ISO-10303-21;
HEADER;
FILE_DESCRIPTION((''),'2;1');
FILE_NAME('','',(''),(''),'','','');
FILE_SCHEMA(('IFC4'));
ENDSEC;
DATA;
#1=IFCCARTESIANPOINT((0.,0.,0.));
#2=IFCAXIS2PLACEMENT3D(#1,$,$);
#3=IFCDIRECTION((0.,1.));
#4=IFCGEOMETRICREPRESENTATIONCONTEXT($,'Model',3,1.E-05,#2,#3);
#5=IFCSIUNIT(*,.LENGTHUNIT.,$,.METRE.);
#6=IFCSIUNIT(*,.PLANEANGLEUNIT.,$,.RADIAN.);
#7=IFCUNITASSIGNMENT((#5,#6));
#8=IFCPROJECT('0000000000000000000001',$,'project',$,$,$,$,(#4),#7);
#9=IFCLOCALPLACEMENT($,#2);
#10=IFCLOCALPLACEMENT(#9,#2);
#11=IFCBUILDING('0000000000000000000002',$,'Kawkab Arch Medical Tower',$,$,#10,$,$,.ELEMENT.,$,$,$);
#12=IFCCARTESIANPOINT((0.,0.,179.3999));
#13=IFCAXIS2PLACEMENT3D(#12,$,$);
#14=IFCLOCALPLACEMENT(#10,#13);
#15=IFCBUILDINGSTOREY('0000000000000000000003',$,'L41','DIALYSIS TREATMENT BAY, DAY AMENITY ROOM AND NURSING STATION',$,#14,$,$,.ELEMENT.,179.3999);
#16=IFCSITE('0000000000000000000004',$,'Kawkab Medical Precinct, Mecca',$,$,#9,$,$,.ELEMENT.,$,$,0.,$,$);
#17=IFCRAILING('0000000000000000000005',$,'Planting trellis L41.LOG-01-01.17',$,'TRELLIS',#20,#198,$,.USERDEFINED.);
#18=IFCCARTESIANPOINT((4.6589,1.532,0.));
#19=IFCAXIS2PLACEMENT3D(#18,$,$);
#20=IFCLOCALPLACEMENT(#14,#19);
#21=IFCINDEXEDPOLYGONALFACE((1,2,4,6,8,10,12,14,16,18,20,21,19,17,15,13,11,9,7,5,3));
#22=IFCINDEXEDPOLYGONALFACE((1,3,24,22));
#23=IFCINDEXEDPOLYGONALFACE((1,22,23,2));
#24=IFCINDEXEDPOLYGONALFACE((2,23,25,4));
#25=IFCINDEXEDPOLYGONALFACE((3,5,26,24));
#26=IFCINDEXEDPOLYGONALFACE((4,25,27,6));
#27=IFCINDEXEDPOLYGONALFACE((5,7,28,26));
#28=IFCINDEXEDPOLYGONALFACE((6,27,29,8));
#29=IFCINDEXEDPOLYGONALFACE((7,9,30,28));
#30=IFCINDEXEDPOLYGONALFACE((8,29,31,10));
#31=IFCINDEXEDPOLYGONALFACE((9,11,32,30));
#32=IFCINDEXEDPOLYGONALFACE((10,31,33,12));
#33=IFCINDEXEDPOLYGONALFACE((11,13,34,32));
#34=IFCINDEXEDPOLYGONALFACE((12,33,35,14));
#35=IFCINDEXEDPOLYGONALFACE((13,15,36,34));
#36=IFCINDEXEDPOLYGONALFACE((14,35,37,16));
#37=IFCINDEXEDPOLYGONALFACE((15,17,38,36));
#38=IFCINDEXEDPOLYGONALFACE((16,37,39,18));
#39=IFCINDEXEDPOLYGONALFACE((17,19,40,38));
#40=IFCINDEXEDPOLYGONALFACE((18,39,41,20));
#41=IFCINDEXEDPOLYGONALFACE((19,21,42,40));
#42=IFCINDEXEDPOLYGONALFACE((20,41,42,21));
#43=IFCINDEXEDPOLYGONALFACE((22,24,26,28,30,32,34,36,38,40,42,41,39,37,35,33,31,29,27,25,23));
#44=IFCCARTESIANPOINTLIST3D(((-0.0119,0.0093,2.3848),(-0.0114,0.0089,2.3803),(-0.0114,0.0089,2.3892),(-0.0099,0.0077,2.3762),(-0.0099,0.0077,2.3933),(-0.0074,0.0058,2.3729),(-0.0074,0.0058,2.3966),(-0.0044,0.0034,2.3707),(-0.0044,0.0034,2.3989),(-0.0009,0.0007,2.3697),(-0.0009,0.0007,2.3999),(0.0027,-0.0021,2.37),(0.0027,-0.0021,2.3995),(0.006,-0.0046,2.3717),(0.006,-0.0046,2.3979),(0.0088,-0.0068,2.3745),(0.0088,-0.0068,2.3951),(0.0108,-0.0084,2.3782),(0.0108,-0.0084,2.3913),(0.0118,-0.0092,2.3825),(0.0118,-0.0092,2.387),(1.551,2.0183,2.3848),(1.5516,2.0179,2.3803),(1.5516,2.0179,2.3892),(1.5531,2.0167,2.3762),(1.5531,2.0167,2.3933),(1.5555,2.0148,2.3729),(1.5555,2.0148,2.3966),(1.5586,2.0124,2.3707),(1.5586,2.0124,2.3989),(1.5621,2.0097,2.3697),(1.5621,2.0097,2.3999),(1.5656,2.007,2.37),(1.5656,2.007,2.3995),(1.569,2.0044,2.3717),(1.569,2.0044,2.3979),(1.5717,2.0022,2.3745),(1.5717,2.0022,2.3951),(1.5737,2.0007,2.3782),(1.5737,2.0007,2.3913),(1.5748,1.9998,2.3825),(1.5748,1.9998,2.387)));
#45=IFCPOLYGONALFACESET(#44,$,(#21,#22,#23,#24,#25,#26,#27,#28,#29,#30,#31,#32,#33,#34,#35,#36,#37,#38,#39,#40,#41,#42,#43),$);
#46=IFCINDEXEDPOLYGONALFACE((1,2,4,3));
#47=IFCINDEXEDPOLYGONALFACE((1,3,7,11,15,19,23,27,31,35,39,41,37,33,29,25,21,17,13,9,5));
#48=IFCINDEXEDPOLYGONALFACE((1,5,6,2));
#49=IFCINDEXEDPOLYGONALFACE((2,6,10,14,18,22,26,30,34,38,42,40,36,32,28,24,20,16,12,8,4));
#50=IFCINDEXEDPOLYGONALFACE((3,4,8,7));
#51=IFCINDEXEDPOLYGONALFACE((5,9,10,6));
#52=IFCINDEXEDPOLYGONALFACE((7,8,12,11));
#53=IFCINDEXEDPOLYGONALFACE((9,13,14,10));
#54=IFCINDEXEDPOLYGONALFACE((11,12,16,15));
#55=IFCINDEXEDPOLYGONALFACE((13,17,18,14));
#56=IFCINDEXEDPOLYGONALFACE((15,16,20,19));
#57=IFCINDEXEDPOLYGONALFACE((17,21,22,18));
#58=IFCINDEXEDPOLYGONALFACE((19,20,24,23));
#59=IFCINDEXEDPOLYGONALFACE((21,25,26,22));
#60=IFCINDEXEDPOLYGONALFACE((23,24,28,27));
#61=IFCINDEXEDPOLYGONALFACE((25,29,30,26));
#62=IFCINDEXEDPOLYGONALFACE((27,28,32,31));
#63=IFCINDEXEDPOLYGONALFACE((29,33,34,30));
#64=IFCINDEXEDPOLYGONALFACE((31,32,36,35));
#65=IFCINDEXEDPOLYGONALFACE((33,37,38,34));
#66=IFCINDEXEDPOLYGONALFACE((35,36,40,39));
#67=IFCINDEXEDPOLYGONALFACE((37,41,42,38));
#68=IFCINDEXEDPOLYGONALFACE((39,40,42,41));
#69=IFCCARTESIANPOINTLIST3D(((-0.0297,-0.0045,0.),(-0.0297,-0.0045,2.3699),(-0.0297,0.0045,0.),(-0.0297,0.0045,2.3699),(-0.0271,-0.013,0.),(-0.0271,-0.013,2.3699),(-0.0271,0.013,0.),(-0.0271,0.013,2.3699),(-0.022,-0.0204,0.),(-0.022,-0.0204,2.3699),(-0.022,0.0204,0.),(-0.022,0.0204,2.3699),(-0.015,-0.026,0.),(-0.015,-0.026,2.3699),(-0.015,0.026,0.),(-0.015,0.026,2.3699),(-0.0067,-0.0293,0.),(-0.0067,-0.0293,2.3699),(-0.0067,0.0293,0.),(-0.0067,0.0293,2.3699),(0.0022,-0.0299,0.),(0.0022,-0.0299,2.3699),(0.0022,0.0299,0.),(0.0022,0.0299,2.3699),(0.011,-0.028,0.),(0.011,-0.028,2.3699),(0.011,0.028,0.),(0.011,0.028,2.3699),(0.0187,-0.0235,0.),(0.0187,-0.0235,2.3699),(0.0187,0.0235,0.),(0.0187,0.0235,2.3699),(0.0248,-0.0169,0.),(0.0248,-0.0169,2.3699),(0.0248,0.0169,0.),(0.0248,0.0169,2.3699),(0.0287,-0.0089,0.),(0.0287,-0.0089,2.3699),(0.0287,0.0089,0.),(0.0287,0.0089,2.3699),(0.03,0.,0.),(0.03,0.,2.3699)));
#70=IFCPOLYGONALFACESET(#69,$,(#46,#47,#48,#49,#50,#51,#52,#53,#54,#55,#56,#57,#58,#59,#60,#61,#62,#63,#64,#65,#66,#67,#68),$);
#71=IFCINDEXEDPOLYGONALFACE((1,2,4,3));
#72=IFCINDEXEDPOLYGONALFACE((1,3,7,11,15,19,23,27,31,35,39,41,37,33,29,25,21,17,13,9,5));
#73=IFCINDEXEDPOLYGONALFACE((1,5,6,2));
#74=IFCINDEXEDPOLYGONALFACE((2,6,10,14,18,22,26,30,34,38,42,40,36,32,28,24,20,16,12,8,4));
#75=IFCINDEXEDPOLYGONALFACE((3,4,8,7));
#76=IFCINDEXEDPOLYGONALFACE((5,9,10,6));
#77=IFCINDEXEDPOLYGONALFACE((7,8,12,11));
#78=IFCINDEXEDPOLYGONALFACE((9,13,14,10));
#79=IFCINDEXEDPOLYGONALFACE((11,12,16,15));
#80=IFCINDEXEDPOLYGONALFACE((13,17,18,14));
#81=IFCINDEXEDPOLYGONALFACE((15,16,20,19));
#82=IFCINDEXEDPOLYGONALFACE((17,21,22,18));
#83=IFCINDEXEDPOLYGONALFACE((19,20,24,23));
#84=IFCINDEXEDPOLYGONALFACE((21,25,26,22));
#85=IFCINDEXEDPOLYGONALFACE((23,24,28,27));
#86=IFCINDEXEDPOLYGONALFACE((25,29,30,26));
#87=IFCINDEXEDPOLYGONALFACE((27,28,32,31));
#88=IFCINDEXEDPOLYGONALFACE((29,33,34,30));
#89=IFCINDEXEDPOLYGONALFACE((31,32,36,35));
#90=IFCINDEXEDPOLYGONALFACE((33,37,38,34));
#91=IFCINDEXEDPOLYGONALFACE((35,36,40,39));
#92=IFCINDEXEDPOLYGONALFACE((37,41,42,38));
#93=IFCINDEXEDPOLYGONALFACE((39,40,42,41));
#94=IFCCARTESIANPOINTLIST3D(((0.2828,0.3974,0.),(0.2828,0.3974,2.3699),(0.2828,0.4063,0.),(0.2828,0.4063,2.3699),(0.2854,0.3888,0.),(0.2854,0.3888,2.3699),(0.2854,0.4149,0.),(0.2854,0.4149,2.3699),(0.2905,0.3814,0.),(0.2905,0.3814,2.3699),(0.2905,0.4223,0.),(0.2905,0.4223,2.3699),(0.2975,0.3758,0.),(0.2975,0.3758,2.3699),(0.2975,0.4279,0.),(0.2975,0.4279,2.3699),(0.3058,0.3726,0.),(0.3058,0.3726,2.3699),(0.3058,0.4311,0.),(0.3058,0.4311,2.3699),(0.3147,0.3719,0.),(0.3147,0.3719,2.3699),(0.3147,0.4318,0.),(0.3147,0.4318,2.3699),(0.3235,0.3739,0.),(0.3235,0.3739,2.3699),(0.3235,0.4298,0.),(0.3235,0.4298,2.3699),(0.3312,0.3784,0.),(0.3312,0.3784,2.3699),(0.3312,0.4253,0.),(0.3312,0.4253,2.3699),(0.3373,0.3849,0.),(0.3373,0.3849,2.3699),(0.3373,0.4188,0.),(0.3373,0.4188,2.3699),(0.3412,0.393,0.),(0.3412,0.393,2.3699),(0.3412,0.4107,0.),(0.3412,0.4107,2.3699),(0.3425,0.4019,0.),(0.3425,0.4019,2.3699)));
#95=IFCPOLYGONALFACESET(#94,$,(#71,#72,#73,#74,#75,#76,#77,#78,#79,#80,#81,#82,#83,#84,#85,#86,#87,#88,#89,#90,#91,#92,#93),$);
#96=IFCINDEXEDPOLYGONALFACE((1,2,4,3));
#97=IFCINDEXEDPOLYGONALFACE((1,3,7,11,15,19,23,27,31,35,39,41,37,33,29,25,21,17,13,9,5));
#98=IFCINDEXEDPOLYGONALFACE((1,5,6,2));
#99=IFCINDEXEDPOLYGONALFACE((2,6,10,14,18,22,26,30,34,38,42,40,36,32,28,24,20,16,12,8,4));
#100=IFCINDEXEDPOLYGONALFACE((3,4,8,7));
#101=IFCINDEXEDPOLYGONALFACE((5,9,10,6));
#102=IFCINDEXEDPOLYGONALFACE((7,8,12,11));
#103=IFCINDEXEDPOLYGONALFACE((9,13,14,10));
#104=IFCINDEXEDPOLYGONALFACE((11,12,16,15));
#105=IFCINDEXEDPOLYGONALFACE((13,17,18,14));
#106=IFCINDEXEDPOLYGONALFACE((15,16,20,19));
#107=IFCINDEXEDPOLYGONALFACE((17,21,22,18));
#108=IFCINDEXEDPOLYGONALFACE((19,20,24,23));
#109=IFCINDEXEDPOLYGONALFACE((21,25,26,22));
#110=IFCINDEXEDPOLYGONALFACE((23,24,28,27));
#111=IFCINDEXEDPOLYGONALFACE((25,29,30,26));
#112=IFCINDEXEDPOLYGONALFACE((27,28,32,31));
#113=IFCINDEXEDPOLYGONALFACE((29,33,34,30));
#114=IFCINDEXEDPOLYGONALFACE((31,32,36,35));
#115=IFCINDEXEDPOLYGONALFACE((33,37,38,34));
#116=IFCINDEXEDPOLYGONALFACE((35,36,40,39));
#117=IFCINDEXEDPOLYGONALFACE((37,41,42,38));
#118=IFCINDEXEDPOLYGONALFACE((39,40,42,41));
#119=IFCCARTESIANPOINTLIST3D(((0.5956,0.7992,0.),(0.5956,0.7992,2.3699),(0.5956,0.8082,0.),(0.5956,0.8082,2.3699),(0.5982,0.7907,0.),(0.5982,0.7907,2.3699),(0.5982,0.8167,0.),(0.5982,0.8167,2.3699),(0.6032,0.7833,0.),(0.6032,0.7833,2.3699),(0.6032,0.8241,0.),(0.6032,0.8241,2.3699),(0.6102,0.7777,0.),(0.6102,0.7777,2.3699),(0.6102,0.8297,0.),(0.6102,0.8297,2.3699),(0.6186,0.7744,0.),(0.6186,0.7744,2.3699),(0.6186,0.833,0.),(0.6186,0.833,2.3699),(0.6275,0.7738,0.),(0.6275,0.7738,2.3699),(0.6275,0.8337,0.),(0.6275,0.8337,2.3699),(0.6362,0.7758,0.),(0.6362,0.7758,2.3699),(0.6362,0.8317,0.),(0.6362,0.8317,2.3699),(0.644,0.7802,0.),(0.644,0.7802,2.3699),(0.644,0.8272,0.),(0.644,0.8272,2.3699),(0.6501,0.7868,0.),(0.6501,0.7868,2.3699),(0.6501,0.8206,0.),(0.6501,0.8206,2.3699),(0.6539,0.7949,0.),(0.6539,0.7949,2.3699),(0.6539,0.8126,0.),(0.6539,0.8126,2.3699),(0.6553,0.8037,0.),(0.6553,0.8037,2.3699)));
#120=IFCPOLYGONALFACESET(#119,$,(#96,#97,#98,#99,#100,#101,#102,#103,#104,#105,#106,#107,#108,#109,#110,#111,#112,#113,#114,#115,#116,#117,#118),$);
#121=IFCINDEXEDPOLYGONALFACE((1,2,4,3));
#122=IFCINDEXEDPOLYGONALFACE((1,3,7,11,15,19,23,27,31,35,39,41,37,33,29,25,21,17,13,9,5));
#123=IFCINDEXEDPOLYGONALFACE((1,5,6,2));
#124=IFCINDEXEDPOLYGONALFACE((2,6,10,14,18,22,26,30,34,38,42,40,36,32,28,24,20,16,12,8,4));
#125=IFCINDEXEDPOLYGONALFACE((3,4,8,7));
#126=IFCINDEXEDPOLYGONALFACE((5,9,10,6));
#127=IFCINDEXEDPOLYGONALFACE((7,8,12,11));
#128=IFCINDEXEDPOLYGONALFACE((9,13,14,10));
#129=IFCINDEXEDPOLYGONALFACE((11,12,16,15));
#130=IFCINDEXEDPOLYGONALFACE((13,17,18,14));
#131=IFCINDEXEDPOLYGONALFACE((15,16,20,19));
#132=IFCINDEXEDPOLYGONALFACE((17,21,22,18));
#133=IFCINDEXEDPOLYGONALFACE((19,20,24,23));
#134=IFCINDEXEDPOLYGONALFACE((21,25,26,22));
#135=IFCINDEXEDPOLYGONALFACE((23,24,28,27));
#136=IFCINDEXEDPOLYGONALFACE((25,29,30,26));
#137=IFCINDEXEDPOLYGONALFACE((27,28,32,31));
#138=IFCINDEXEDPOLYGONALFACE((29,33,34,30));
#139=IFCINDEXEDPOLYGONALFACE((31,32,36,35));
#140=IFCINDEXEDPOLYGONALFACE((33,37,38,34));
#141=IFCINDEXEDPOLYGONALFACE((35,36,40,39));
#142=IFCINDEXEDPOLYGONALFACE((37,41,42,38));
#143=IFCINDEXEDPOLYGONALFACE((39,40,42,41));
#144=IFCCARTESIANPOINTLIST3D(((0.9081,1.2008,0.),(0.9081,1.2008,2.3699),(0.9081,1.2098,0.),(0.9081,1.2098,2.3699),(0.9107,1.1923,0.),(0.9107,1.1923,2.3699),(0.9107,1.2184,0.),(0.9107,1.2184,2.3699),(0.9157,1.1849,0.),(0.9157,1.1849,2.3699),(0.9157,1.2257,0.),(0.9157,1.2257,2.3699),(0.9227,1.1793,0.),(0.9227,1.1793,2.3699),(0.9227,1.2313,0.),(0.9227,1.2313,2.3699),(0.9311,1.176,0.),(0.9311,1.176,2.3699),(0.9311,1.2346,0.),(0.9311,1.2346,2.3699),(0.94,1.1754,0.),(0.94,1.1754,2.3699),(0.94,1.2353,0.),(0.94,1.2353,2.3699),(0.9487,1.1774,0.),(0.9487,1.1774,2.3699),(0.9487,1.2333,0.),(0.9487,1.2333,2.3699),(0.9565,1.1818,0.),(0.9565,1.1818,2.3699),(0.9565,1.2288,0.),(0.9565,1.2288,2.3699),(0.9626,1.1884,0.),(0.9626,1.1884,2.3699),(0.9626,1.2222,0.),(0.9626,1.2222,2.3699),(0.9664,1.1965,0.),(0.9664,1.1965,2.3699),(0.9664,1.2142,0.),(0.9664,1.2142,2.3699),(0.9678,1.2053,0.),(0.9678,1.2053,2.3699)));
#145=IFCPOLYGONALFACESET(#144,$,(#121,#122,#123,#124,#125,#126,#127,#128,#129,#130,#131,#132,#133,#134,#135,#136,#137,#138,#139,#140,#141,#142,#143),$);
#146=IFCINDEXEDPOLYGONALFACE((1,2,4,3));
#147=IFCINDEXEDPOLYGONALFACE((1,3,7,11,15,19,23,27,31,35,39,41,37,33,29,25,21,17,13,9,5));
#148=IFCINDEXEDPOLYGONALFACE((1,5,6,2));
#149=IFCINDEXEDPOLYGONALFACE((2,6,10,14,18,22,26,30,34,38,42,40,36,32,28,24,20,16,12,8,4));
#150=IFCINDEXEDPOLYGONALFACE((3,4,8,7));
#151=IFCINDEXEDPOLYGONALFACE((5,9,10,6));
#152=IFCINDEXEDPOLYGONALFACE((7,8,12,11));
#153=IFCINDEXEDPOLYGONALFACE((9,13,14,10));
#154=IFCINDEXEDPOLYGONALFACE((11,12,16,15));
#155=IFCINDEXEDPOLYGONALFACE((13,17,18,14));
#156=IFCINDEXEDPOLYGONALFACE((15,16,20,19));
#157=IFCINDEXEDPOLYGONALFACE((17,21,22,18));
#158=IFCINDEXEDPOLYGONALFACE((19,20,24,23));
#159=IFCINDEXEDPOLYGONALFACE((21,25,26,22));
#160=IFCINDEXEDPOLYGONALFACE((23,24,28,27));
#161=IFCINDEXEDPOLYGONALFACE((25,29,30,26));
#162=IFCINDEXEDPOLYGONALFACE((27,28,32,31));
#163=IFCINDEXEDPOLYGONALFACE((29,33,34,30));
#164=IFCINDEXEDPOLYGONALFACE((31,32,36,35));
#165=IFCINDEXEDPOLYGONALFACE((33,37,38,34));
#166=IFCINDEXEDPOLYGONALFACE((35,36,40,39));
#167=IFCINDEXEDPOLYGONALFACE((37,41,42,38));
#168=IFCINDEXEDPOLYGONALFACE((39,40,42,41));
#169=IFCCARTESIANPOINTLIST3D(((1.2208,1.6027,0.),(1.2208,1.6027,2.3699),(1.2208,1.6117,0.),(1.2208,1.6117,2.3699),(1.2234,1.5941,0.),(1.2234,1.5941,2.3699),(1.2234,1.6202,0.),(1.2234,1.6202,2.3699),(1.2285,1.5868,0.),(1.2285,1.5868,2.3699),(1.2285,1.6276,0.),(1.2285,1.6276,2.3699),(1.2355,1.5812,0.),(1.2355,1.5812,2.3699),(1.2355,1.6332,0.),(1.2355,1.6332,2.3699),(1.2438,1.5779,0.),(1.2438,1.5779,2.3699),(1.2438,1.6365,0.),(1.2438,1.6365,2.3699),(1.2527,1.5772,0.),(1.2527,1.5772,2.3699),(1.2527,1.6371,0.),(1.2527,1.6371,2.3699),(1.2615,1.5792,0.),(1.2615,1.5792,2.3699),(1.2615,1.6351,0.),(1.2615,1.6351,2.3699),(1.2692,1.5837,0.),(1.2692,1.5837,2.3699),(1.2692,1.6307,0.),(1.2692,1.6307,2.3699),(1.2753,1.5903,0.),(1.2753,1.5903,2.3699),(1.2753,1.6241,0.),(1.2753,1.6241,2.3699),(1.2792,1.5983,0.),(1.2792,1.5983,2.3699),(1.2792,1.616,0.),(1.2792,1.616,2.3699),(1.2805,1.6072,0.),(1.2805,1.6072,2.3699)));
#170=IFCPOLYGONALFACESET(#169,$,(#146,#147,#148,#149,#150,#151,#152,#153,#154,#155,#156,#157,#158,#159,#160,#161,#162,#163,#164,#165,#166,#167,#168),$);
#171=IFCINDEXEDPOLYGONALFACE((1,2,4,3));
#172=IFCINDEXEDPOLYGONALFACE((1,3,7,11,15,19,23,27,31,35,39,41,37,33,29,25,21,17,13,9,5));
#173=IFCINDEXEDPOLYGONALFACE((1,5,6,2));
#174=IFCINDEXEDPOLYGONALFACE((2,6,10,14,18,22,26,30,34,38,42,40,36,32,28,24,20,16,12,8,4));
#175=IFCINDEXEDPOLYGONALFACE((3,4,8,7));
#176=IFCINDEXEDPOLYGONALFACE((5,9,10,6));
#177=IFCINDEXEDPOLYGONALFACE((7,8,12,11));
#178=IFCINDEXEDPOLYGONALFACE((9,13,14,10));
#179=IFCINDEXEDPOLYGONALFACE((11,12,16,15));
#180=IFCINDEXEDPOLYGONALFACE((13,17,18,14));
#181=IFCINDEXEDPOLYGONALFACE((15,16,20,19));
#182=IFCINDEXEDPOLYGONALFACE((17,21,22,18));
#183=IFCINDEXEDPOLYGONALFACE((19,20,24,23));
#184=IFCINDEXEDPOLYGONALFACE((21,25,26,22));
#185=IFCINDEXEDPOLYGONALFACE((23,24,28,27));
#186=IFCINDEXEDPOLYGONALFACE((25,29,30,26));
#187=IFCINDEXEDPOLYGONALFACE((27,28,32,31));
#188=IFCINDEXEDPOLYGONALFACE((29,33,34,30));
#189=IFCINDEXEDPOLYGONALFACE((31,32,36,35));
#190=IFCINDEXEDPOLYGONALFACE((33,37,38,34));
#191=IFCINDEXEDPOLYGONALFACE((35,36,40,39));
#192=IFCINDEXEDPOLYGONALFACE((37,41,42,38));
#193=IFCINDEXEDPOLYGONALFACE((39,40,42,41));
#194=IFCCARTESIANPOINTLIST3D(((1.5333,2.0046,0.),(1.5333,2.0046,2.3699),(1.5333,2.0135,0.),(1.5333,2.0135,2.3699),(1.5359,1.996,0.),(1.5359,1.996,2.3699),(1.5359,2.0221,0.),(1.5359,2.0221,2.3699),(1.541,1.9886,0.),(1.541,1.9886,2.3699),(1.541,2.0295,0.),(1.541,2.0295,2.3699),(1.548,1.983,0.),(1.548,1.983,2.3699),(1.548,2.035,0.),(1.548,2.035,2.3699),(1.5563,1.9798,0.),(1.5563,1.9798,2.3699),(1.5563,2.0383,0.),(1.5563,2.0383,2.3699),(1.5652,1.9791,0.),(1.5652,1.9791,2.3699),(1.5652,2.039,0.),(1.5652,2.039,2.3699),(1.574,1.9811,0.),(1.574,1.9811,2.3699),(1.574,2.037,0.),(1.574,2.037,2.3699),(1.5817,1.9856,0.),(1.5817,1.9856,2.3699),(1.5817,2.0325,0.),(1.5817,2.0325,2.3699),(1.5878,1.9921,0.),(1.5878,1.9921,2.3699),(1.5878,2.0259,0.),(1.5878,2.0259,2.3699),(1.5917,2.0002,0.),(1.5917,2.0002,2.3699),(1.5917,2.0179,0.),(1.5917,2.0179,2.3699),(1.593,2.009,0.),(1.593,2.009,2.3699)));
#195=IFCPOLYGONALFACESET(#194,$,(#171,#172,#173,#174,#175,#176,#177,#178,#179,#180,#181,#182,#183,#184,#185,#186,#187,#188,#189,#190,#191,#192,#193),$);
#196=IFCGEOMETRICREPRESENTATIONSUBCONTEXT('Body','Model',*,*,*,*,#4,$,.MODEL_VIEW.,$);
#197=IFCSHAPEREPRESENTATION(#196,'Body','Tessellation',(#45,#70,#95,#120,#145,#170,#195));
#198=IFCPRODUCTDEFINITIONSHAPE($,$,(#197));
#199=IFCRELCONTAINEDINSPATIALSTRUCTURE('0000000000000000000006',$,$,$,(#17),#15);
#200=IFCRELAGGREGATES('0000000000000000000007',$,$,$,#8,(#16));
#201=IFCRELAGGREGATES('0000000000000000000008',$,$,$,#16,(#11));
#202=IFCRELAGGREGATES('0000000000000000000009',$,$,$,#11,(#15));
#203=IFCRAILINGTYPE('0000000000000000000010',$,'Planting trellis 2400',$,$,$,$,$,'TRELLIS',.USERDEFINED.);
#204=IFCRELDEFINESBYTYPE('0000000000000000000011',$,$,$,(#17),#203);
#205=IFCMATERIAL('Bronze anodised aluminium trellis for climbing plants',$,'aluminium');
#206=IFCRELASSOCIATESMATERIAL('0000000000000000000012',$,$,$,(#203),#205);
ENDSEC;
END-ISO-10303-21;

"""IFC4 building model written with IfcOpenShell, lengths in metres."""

from ifc_helpers import new_model, si_unit, direction, frame, origin, origin_2d, place, context, subcontext, project, spatial, circle, extrude, material, type_object, element, save


model = new_model("IFC4")

# Units and contexts
model_context = context("Model", 3, precision=1e-05, world=origin(), true_north=direction((0.0, 1.0)))
body_context = subcontext(model_context, "Body", "Model", "MODEL_VIEW")
ifc_project = project(units=[si_unit("LENGTHUNIT", "METRE"), si_unit("PLANEANGLEUNIT", "RADIAN")], contexts=[model_context])

# Site, building, storey
site_placement = place(None, origin())
site = spatial("IfcSite", under=ifc_project, at=site_placement, Name="Kawkab Medical Precinct, Mecca", CompositionType="ELEMENT", RefElevation=0.0)
building_placement = place(site_placement, origin())
building = spatial("IfcBuilding", under=site, at=building_placement, Name="Kawkab Arch Medical Tower", CompositionType="ELEMENT")
storey_placement = place(building_placement, frame((0.0, 0.0, 179.3999)))
storey = spatial("IfcBuildingStorey", under=building, at=storey_placement, Name="L41", Description="DIALYSIS TREATMENT BAY, DAY AMENITY ROOM AND NURSING STATION", CompositionType="ELEMENT", Elevation=179.3999)

# Railing
ifc_material_1 = material(Name="Bronze anodised aluminium trellis for climbing plants", Category="aluminium")
railing_type = type_object("IfcRailingType", Name="Planting trellis 2400", ElementType="TRELLIS", PredefinedType="USERDEFINED", material=ifc_material_1)
railing_1_placement = place(storey_placement, frame((4.6589, 1.532, 0.0)))
element("IfcRailing", 1, at=railing_1_placement, inside=storey, type_object=railing_type, Name="Planting trellis L41.LOG-01-01.17", ObjectType="TRELLIS", PredefinedType="USERDEFINED", context=body_context, shape_type="SweptSolid", body=[
    extrude(circle(Radius=0.0151, at=origin_2d()), frame((0.0, 0.0, 2.3848), z_axis=(0.61404, 0.789275, 0.0), x_axis=(-0.789275, 0.61404, 0.0)), (0.0, 0.0, 1.0), 2.5454),
    extrude(circle(Radius=0.03, at=origin_2d()), origin(), (0.0, 0.0, 1.0), 2.3699),
    extrude(circle(Radius=0.03, at=origin_2d()), frame((0.3125, 0.4019, 0.0)), (0.0, 0.0, 1.0), 2.3699),
    extrude(circle(Radius=0.03, at=origin_2d()), frame((0.6252, 0.8037, 0.0)), (0.0, 0.0, 1.0), 2.3699),
    extrude(circle(Radius=0.03, at=origin_2d()), frame((0.9377, 1.2053, 0.0)), (0.0, 0.0, 1.0), 2.3699),
    extrude(circle(Radius=0.03, at=origin_2d()), frame((1.2505, 1.6072, 0.0)), (0.0, 0.0, 1.0), 2.3699),
    extrude(circle(Radius=0.03, at=origin_2d()), frame((1.563, 2.009, 0.0)), (0.0, 0.0, 1.0), 2.3699),
])

save(model, "model.ifc")
